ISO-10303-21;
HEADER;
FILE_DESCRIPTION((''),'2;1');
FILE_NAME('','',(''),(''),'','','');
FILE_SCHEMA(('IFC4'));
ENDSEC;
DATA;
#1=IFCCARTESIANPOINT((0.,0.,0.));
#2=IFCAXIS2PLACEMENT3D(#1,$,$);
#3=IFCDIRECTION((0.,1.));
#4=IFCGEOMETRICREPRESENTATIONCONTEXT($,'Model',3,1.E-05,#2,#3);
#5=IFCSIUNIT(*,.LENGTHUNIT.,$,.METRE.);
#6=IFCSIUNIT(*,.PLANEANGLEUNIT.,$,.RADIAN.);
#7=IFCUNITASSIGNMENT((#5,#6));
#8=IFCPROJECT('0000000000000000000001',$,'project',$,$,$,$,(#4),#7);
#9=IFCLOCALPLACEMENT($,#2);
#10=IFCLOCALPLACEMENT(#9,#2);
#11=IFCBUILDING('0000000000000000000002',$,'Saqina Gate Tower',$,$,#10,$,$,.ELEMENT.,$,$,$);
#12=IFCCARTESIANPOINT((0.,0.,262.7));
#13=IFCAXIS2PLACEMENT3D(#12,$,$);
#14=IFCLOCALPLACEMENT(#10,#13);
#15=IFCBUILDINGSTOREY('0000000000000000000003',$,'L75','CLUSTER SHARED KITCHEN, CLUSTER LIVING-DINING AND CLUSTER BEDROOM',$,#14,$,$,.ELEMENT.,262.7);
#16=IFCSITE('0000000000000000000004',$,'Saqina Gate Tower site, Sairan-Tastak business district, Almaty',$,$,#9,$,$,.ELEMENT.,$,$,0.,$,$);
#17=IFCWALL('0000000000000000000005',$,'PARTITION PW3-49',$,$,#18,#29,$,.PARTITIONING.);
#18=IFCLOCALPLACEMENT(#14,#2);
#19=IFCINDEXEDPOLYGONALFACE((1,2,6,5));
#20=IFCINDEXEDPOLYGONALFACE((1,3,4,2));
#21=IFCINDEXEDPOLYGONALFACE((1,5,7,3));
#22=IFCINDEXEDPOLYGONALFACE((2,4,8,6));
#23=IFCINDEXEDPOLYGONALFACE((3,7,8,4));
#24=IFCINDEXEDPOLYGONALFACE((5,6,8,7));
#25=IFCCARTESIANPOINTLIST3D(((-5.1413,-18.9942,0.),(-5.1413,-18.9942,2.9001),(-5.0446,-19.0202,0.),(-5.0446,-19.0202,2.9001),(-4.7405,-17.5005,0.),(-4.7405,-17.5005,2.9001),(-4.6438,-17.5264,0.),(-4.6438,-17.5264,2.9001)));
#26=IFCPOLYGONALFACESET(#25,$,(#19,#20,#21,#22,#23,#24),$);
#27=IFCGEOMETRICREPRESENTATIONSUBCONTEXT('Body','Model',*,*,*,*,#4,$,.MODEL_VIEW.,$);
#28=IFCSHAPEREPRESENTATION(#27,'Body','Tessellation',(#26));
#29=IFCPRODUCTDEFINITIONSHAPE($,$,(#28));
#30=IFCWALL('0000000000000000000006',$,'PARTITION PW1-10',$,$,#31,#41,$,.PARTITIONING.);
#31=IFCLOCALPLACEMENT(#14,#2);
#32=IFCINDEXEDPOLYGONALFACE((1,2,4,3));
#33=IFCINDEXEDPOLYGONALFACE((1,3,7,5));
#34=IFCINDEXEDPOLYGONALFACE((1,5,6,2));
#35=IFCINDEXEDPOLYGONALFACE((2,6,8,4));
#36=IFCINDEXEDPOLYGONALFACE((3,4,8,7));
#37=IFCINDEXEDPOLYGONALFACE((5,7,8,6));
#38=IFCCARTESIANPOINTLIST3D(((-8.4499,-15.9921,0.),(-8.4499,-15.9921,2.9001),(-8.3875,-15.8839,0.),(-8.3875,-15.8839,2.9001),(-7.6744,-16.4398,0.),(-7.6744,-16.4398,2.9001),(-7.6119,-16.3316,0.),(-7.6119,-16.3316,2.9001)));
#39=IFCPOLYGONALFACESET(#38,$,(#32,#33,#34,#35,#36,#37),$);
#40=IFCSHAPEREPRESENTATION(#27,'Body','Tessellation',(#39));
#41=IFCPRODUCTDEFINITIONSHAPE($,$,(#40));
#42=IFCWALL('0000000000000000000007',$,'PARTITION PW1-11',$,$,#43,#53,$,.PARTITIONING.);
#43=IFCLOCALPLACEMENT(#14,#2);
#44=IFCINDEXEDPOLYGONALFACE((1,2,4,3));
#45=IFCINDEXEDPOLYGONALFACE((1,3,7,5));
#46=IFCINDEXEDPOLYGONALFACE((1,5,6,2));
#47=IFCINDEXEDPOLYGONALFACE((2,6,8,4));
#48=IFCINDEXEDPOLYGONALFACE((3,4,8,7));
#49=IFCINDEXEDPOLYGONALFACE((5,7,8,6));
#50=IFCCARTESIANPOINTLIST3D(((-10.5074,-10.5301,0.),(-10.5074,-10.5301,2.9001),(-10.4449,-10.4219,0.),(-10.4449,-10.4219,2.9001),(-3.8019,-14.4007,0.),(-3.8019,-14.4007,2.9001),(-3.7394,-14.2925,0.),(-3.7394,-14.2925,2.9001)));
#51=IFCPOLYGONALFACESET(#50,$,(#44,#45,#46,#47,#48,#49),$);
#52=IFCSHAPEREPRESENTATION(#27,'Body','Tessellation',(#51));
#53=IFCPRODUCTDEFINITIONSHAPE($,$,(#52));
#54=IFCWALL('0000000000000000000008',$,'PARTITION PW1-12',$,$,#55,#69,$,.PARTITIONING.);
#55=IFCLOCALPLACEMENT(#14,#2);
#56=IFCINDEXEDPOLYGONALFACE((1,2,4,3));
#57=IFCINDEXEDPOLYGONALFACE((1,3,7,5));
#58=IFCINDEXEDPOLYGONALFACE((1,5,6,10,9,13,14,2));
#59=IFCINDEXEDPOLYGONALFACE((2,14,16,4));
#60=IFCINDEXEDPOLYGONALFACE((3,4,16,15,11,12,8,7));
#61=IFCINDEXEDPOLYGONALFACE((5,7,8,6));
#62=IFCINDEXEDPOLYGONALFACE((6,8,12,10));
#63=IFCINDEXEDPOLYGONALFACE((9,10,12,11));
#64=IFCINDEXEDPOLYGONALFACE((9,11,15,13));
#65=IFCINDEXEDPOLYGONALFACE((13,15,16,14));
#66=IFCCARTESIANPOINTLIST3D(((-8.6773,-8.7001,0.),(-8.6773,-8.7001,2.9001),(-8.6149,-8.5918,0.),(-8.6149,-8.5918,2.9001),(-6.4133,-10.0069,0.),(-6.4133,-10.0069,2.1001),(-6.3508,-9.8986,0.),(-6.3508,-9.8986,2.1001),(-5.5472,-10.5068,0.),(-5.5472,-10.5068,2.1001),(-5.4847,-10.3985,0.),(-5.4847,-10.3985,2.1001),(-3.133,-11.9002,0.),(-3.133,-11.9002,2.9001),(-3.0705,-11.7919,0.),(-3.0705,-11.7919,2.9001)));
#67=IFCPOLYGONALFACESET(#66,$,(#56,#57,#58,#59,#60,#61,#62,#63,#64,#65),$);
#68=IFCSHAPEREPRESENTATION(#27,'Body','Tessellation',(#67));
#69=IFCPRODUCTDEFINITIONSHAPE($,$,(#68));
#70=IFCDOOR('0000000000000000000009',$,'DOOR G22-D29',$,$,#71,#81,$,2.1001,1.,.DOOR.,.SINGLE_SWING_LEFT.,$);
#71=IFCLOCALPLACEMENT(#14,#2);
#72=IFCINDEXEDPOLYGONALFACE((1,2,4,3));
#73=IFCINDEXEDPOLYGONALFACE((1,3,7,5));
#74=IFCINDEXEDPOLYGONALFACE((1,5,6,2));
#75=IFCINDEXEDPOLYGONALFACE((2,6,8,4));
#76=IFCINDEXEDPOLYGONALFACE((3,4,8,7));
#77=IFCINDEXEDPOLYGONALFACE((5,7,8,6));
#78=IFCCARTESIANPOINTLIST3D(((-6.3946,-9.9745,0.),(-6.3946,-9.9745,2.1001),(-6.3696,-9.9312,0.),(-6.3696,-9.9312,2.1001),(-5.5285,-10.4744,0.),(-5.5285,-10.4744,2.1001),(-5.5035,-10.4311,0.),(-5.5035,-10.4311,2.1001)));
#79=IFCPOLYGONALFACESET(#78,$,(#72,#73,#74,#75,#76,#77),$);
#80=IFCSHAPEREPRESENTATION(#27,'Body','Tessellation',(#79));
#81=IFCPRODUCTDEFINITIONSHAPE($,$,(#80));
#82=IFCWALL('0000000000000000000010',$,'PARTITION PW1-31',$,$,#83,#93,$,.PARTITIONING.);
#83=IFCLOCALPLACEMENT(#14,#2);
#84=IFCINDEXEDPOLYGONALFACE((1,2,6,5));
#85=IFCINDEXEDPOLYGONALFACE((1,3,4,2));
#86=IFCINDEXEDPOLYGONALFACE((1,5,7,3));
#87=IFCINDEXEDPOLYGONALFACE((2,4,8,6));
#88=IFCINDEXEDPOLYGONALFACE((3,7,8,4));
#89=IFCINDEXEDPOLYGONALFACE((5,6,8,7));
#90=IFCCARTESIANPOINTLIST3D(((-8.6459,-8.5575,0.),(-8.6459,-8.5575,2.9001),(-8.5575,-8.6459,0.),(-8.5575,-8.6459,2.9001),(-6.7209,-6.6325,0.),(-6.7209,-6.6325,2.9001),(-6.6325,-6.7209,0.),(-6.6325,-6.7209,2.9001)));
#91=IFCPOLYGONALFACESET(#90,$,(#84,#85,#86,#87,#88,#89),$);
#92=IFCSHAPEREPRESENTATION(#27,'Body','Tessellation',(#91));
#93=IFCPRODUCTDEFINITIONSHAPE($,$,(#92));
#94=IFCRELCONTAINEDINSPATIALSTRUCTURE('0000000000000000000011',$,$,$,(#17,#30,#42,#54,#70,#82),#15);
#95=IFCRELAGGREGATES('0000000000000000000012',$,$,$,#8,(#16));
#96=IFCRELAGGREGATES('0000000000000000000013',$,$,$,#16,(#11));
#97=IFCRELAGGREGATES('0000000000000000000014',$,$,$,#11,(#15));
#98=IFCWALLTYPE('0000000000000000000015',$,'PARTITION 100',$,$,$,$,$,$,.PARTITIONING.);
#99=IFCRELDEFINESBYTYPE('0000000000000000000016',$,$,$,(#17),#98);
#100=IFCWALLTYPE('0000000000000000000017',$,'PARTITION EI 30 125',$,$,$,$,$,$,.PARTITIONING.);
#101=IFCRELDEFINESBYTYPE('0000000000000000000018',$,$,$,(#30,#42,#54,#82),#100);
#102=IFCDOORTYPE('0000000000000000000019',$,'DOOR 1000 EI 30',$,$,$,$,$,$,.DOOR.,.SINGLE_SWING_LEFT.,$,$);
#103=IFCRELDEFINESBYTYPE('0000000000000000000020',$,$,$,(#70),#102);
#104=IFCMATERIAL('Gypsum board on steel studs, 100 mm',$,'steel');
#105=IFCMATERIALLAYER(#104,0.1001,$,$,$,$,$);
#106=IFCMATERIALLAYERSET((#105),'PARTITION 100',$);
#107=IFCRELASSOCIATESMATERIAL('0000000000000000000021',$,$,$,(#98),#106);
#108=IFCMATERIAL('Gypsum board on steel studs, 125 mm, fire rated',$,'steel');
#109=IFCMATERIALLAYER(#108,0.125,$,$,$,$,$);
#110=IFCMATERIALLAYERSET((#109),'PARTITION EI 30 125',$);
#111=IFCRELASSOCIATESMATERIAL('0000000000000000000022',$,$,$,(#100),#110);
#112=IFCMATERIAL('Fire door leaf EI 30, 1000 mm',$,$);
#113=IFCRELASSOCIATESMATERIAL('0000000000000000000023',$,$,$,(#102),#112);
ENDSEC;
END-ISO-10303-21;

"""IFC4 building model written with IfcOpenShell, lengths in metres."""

from ifc_helpers import new_model, si_unit, direction, frame, frame_2d, origin, place, context, subcontext, project, spatial, rectangle, extrude, material, layer, layer_set, type_object, element, fill, save


model = new_model("IFC4")

# Units and contexts
model_context = context("Model", 3, precision=1e-05, world=origin(), true_north=direction((0.0, 1.0)))
body_context = subcontext(model_context, "Body", "Model", "MODEL_VIEW")
ifc_project = project(units=[si_unit("LENGTHUNIT", "METRE"), si_unit("PLANEANGLEUNIT", "RADIAN")], contexts=[model_context])

# Site, building, storey
site_placement = place(None, origin())
site = spatial("IfcSite", under=ifc_project, at=site_placement, Name="Saqina Gate Tower site, Sairan-Tastak business district, Almaty", CompositionType="ELEMENT", RefElevation=0.0)
building_placement = place(site_placement, origin())
building = spatial("IfcBuilding", under=site, at=building_placement, Name="Saqina Gate Tower", CompositionType="ELEMENT")
storey_placement = place(building_placement, frame((0.0, 0.0, 262.7)))
storey = spatial("IfcBuildingStorey", under=building, at=storey_placement, Name="L75", Description="CLUSTER SHARED KITCHEN, CLUSTER LIVING-DINING AND CLUSTER BEDROOM", CompositionType="ELEMENT", Elevation=262.7)

# Shared definitions
ifc_material_1 = material(Name="Gypsum board on steel studs, 100 mm", Category="steel")
ifc_layer_1 = layer(ifc_material_1, 0.1001)
ifc_layer_set_1 = layer_set([ifc_layer_1], Name="PARTITION 100")
wall_type_1 = type_object("IfcWallType", Name="PARTITION 100", PredefinedType="PARTITIONING", material=ifc_layer_set_1)

# Walls
wall_1_placement = place(storey_placement, frame((-5.093, -19.0073, 0.0), z_axis=(0.0, 0.0, 1.0), x_axis=(0.259175, 0.96583, 0.0)))
element("IfcWall", 1, at=wall_1_placement, inside=storey, type_object=wall_type_1, Name="PARTITION PW3-49", PredefinedType="PARTITIONING", context=body_context, shape_type="SweptSolid", body=[
    extrude(rectangle(XDim=1.5466, YDim=0.1001, at=frame_2d((0.7734, 0.0))), origin(), (0.0, 0.0, 1.0), 2.9001),
])
ifc_material_2 = material(Name="Gypsum board on steel studs, 125 mm, fire rated", Category="steel")
ifc_layer_2 = layer(ifc_material_2, 0.125)
ifc_layer_set_2 = layer_set([ifc_layer_2], Name="PARTITION EI 30 125")
wall_type_2 = type_object("IfcWallType", Name="PARTITION EI 30 125", PredefinedType="PARTITIONING", material=ifc_layer_set_2)
wall_2_placement = place(storey_placement, frame((-8.4187, -15.938, 0.0), z_axis=(0.0, 0.0, 1.0), x_axis=(0.866054, -0.499951, 0.0)))
element("IfcWall", 2, at=wall_2_placement, inside=storey, type_object=wall_type_2, Name="PARTITION PW1-10", PredefinedType="PARTITIONING", context=body_context, shape_type="SweptSolid", body=[
    extrude(rectangle(XDim=0.8955, YDim=0.125, at=frame_2d((0.4478, 0.0))), origin(), (0.0, 0.0, 1.0), 2.9001),
])
wall_3_placement = place(storey_placement, frame((-10.4761, -10.4761, 0.0), z_axis=(0.0, 0.0, 1.0), x_axis=(0.866073, -0.499917, 0.0)))
element("IfcWall", 3, at=wall_3_placement, inside=storey, type_object=wall_type_2, Name="PARTITION PW1-11", PredefinedType="PARTITIONING", context=body_context, shape_type="SweptSolid", body=[
    extrude(rectangle(XDim=7.7424, YDim=0.125, at=frame_2d((3.8711, 0.0))), origin(), (0.0, 0.0, 1.0), 2.9001),
])

# Wall, opening, door
wall_4_placement = place(storey_placement, frame((-8.646, -8.646, 0.0), z_axis=(0.0, 0.0, 1.0), x_axis=(0.866085, -0.499896, 0.0)))
wall_4 = element("IfcWall", 4, at=wall_4_placement, inside=storey, type_object=wall_type_2, Name="PARTITION PW1-12", PredefinedType="PARTITIONING", context=body_context, shape_type="SweptSolid", body=[
    extrude(rectangle(XDim=6.4016, YDim=0.125, at=frame_2d((3.2007, 0.0))), origin(), (0.0, 0.0, 1.0), 2.9001),
])
opening_1_placement = place(wall_4_placement, frame((2.614, 0.0, 0.0)))
opening_1 = element("IfcOpeningElement", 5, at=opening_1_placement, cuts=wall_4, PredefinedType="OPENING", context=body_context, shape_type="SweptSolid", body=[
    extrude(rectangle(XDim=1.0, YDim=2.1001, at=frame_2d((0.5, 1.05))), frame((0.0, 0.0745, 0.0), z_axis=(0.0, -1.0, 0.0), x_axis=(1.0, 0.0, 0.0)), (0.0, 0.0, 1.0), 0.1489),
])
ifc_material_3 = material(Name="Fire door leaf EI 30, 1000 mm")
door_type_1 = type_object("IfcDoorType", Name="DOOR 1000 EI 30", OperationType="SINGLE_SWING_LEFT", PredefinedType="DOOR", material=ifc_material_3)
door_1_placement = place(opening_1_placement, origin())
door_1 = element("IfcDoor", 6, at=door_1_placement, inside=storey, type_object=door_type_1, Name="DOOR G22-D29", OperationType="SINGLE_SWING_LEFT", OverallHeight=2.1001, OverallWidth=1.0, PredefinedType="DOOR", context=body_context, shape_type="SweptSolid", body=[
    extrude(rectangle(XDim=1.0, YDim=2.1001, at=frame_2d((0.5, 1.05))), frame((0.0, 0.0249, 0.0), z_axis=(0.0, -1.0, 0.0), x_axis=(1.0, 0.0, 0.0)), (0.0, 0.0, 1.0), 0.05),
])
fill(opening_1, door_1)

# Wall
wall_5_placement = place(storey_placement, frame((-8.6018, -8.6018, 0.0), z_axis=(0.0, 0.0, 1.0), x_axis=(0.707107, 0.707107, 0.0)))
element("IfcWall", 7, at=wall_5_placement, inside=storey, type_object=wall_type_2, Name="PARTITION PW1-31", PredefinedType="PARTITIONING", context=body_context, shape_type="SweptSolid", body=[
    extrude(rectangle(XDim=2.7224, YDim=0.125, at=frame_2d((1.3613, 0.0))), origin(), (0.0, 0.0, 1.0), 2.9001),
])

save(model, "model.ifc")
